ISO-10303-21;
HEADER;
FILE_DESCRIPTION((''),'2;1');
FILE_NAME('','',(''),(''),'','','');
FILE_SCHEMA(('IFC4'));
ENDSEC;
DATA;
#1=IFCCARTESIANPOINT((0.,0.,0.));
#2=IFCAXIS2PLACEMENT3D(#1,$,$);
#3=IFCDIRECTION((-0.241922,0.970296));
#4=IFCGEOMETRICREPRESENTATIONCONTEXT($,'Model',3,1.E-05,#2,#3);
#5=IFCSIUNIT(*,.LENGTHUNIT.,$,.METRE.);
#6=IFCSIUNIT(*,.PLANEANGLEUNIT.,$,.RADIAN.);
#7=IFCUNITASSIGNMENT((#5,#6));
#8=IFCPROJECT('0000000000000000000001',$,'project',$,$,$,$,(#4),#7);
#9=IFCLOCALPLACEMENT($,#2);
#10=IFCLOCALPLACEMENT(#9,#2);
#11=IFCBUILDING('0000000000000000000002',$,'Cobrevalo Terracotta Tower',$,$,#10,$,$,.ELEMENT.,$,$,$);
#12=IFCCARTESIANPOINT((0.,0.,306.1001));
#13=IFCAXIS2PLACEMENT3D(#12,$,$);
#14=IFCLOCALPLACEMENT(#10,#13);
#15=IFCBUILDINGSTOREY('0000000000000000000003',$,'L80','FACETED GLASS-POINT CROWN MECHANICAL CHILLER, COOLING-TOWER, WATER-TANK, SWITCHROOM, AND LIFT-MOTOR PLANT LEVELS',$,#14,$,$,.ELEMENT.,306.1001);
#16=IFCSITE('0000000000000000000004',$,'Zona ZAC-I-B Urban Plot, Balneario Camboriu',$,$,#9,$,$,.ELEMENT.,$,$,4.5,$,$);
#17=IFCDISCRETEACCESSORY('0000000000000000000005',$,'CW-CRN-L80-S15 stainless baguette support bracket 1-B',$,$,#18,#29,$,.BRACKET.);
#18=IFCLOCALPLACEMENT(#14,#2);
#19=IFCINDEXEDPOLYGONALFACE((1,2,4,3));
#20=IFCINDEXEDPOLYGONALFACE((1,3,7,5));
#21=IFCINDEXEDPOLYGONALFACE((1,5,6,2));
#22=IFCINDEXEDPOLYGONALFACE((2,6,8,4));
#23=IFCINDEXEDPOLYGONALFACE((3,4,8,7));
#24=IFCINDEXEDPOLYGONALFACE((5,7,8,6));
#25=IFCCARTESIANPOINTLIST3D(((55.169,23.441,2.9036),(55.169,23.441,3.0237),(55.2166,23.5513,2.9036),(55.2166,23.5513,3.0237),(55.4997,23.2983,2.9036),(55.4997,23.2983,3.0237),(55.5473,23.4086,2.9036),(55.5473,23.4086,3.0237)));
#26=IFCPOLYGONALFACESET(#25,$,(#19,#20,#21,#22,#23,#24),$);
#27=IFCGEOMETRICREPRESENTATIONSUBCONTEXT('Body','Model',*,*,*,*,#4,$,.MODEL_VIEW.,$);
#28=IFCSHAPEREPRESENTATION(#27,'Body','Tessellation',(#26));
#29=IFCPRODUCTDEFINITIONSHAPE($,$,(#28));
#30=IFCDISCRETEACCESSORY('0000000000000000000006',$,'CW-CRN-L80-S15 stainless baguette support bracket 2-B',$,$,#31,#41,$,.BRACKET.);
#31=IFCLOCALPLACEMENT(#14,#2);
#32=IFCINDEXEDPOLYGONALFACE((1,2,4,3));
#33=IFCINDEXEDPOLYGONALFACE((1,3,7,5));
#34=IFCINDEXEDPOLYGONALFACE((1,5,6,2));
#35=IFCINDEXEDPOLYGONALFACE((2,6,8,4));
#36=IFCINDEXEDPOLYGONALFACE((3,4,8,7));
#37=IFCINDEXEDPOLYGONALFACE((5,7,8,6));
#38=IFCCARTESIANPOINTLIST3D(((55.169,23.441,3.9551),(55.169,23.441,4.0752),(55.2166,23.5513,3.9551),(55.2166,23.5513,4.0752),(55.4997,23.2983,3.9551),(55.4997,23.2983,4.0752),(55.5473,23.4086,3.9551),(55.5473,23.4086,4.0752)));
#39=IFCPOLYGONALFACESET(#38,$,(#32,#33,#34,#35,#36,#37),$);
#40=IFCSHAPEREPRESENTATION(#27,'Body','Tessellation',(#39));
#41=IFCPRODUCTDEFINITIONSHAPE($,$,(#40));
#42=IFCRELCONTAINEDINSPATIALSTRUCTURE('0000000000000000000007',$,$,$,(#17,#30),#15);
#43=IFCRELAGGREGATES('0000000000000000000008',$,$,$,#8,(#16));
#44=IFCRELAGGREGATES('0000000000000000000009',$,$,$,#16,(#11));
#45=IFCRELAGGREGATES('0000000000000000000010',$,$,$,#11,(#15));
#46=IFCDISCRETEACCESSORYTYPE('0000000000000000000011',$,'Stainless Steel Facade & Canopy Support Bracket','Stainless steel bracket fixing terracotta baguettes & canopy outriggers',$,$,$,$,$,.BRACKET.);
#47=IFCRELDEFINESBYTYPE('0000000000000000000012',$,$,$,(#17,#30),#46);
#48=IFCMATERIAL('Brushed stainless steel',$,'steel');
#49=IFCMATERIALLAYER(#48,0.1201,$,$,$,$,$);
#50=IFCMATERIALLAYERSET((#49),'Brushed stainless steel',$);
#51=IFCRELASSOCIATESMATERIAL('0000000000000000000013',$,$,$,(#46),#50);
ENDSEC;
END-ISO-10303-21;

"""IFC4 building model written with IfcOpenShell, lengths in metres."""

from ifc_helpers import new_model, si_unit, direction, frame, origin, origin_2d, place, context, subcontext, project, spatial, rectangle, extrude, source, transform, mapped, material, layer, layer_set, type_object, element, save


model = new_model("IFC4")

# Units and contexts
model_context = context("Model", 3, precision=1e-05, world=origin(), true_north=direction((-0.241922, 0.970296)))
body_context = subcontext(model_context, "Body", "Model", "MODEL_VIEW")
ifc_project = project(units=[si_unit("LENGTHUNIT", "METRE"), si_unit("PLANEANGLEUNIT", "RADIAN")], contexts=[model_context])

# Site, building, storey
site_placement = place(None, origin())
site = spatial("IfcSite", under=ifc_project, at=site_placement, Name="Zona ZAC-I-B Urban Plot, Balneario Camboriu", CompositionType="ELEMENT", RefElevation=4.5)
building_placement = place(site_placement, origin())
building = spatial("IfcBuilding", under=site, at=building_placement, Name="Cobrevalo Terracotta Tower", CompositionType="ELEMENT")
storey_placement = place(building_placement, frame((0.0, 0.0, 306.1001)))
storey = spatial("IfcBuildingStorey", under=building, at=storey_placement, Name="L80", Description="FACETED GLASS-POINT CROWN MECHANICAL CHILLER, COOLING-TOWER, WATER-TANK, SWITCHROOM, AND LIFT-MOTOR PLANT LEVELS", CompositionType="ELEMENT", Elevation=306.1001)

# Discrete accessories
ifc_material_1 = material(Name="Brushed stainless steel", Category="steel")
ifc_layer_1 = layer(ifc_material_1, 0.1201)
ifc_layer_set_1 = layer_set([ifc_layer_1], Name="Brushed stainless steel")
discrete_accessory_type = type_object("IfcDiscreteAccessoryType", Name="Stainless Steel Facade & Canopy Support Bracket", Description="Stainless steel bracket fixing terracotta baguettes & canopy outriggers", PredefinedType="BRACKET", material=ifc_layer_set_1)
shared_shape_1 = source(origin(), body_context, "Body", "SweptSolid", [
    extrude(rectangle(XDim=0.1201, YDim=0.3601, at=origin_2d()), origin(), (0.0, 0.0, 1.0), 0.1201),
])
for number, where, z_axis, x_axis, name in (
    (1, (55.3582, 23.4248, 2.9036), (0.0, 0.0, 1.0), (0.396066, 0.918222, 0.0), "CW-CRN-L80-S15 stainless baguette support bracket 1-B"),
    (2, (55.3582, 23.4248, 3.9551), (0.0, 0.0, 1.0), (0.396066, 0.918222, 0.0), "CW-CRN-L80-S15 stainless baguette support bracket 2-B"),
):
    element("IfcDiscreteAccessory", number, at=place(storey_placement, frame(where, z_axis=z_axis, x_axis=x_axis)), inside=storey, type_object=discrete_accessory_type, Name=name, PredefinedType="BRACKET", context=body_context, shape_type="MappedRepresentation", body=[
        mapped(shared_shape_1, transform((0.0, 0.0, 0.0), scale=1.0)),
    ])

save(model, "model.ifc")
